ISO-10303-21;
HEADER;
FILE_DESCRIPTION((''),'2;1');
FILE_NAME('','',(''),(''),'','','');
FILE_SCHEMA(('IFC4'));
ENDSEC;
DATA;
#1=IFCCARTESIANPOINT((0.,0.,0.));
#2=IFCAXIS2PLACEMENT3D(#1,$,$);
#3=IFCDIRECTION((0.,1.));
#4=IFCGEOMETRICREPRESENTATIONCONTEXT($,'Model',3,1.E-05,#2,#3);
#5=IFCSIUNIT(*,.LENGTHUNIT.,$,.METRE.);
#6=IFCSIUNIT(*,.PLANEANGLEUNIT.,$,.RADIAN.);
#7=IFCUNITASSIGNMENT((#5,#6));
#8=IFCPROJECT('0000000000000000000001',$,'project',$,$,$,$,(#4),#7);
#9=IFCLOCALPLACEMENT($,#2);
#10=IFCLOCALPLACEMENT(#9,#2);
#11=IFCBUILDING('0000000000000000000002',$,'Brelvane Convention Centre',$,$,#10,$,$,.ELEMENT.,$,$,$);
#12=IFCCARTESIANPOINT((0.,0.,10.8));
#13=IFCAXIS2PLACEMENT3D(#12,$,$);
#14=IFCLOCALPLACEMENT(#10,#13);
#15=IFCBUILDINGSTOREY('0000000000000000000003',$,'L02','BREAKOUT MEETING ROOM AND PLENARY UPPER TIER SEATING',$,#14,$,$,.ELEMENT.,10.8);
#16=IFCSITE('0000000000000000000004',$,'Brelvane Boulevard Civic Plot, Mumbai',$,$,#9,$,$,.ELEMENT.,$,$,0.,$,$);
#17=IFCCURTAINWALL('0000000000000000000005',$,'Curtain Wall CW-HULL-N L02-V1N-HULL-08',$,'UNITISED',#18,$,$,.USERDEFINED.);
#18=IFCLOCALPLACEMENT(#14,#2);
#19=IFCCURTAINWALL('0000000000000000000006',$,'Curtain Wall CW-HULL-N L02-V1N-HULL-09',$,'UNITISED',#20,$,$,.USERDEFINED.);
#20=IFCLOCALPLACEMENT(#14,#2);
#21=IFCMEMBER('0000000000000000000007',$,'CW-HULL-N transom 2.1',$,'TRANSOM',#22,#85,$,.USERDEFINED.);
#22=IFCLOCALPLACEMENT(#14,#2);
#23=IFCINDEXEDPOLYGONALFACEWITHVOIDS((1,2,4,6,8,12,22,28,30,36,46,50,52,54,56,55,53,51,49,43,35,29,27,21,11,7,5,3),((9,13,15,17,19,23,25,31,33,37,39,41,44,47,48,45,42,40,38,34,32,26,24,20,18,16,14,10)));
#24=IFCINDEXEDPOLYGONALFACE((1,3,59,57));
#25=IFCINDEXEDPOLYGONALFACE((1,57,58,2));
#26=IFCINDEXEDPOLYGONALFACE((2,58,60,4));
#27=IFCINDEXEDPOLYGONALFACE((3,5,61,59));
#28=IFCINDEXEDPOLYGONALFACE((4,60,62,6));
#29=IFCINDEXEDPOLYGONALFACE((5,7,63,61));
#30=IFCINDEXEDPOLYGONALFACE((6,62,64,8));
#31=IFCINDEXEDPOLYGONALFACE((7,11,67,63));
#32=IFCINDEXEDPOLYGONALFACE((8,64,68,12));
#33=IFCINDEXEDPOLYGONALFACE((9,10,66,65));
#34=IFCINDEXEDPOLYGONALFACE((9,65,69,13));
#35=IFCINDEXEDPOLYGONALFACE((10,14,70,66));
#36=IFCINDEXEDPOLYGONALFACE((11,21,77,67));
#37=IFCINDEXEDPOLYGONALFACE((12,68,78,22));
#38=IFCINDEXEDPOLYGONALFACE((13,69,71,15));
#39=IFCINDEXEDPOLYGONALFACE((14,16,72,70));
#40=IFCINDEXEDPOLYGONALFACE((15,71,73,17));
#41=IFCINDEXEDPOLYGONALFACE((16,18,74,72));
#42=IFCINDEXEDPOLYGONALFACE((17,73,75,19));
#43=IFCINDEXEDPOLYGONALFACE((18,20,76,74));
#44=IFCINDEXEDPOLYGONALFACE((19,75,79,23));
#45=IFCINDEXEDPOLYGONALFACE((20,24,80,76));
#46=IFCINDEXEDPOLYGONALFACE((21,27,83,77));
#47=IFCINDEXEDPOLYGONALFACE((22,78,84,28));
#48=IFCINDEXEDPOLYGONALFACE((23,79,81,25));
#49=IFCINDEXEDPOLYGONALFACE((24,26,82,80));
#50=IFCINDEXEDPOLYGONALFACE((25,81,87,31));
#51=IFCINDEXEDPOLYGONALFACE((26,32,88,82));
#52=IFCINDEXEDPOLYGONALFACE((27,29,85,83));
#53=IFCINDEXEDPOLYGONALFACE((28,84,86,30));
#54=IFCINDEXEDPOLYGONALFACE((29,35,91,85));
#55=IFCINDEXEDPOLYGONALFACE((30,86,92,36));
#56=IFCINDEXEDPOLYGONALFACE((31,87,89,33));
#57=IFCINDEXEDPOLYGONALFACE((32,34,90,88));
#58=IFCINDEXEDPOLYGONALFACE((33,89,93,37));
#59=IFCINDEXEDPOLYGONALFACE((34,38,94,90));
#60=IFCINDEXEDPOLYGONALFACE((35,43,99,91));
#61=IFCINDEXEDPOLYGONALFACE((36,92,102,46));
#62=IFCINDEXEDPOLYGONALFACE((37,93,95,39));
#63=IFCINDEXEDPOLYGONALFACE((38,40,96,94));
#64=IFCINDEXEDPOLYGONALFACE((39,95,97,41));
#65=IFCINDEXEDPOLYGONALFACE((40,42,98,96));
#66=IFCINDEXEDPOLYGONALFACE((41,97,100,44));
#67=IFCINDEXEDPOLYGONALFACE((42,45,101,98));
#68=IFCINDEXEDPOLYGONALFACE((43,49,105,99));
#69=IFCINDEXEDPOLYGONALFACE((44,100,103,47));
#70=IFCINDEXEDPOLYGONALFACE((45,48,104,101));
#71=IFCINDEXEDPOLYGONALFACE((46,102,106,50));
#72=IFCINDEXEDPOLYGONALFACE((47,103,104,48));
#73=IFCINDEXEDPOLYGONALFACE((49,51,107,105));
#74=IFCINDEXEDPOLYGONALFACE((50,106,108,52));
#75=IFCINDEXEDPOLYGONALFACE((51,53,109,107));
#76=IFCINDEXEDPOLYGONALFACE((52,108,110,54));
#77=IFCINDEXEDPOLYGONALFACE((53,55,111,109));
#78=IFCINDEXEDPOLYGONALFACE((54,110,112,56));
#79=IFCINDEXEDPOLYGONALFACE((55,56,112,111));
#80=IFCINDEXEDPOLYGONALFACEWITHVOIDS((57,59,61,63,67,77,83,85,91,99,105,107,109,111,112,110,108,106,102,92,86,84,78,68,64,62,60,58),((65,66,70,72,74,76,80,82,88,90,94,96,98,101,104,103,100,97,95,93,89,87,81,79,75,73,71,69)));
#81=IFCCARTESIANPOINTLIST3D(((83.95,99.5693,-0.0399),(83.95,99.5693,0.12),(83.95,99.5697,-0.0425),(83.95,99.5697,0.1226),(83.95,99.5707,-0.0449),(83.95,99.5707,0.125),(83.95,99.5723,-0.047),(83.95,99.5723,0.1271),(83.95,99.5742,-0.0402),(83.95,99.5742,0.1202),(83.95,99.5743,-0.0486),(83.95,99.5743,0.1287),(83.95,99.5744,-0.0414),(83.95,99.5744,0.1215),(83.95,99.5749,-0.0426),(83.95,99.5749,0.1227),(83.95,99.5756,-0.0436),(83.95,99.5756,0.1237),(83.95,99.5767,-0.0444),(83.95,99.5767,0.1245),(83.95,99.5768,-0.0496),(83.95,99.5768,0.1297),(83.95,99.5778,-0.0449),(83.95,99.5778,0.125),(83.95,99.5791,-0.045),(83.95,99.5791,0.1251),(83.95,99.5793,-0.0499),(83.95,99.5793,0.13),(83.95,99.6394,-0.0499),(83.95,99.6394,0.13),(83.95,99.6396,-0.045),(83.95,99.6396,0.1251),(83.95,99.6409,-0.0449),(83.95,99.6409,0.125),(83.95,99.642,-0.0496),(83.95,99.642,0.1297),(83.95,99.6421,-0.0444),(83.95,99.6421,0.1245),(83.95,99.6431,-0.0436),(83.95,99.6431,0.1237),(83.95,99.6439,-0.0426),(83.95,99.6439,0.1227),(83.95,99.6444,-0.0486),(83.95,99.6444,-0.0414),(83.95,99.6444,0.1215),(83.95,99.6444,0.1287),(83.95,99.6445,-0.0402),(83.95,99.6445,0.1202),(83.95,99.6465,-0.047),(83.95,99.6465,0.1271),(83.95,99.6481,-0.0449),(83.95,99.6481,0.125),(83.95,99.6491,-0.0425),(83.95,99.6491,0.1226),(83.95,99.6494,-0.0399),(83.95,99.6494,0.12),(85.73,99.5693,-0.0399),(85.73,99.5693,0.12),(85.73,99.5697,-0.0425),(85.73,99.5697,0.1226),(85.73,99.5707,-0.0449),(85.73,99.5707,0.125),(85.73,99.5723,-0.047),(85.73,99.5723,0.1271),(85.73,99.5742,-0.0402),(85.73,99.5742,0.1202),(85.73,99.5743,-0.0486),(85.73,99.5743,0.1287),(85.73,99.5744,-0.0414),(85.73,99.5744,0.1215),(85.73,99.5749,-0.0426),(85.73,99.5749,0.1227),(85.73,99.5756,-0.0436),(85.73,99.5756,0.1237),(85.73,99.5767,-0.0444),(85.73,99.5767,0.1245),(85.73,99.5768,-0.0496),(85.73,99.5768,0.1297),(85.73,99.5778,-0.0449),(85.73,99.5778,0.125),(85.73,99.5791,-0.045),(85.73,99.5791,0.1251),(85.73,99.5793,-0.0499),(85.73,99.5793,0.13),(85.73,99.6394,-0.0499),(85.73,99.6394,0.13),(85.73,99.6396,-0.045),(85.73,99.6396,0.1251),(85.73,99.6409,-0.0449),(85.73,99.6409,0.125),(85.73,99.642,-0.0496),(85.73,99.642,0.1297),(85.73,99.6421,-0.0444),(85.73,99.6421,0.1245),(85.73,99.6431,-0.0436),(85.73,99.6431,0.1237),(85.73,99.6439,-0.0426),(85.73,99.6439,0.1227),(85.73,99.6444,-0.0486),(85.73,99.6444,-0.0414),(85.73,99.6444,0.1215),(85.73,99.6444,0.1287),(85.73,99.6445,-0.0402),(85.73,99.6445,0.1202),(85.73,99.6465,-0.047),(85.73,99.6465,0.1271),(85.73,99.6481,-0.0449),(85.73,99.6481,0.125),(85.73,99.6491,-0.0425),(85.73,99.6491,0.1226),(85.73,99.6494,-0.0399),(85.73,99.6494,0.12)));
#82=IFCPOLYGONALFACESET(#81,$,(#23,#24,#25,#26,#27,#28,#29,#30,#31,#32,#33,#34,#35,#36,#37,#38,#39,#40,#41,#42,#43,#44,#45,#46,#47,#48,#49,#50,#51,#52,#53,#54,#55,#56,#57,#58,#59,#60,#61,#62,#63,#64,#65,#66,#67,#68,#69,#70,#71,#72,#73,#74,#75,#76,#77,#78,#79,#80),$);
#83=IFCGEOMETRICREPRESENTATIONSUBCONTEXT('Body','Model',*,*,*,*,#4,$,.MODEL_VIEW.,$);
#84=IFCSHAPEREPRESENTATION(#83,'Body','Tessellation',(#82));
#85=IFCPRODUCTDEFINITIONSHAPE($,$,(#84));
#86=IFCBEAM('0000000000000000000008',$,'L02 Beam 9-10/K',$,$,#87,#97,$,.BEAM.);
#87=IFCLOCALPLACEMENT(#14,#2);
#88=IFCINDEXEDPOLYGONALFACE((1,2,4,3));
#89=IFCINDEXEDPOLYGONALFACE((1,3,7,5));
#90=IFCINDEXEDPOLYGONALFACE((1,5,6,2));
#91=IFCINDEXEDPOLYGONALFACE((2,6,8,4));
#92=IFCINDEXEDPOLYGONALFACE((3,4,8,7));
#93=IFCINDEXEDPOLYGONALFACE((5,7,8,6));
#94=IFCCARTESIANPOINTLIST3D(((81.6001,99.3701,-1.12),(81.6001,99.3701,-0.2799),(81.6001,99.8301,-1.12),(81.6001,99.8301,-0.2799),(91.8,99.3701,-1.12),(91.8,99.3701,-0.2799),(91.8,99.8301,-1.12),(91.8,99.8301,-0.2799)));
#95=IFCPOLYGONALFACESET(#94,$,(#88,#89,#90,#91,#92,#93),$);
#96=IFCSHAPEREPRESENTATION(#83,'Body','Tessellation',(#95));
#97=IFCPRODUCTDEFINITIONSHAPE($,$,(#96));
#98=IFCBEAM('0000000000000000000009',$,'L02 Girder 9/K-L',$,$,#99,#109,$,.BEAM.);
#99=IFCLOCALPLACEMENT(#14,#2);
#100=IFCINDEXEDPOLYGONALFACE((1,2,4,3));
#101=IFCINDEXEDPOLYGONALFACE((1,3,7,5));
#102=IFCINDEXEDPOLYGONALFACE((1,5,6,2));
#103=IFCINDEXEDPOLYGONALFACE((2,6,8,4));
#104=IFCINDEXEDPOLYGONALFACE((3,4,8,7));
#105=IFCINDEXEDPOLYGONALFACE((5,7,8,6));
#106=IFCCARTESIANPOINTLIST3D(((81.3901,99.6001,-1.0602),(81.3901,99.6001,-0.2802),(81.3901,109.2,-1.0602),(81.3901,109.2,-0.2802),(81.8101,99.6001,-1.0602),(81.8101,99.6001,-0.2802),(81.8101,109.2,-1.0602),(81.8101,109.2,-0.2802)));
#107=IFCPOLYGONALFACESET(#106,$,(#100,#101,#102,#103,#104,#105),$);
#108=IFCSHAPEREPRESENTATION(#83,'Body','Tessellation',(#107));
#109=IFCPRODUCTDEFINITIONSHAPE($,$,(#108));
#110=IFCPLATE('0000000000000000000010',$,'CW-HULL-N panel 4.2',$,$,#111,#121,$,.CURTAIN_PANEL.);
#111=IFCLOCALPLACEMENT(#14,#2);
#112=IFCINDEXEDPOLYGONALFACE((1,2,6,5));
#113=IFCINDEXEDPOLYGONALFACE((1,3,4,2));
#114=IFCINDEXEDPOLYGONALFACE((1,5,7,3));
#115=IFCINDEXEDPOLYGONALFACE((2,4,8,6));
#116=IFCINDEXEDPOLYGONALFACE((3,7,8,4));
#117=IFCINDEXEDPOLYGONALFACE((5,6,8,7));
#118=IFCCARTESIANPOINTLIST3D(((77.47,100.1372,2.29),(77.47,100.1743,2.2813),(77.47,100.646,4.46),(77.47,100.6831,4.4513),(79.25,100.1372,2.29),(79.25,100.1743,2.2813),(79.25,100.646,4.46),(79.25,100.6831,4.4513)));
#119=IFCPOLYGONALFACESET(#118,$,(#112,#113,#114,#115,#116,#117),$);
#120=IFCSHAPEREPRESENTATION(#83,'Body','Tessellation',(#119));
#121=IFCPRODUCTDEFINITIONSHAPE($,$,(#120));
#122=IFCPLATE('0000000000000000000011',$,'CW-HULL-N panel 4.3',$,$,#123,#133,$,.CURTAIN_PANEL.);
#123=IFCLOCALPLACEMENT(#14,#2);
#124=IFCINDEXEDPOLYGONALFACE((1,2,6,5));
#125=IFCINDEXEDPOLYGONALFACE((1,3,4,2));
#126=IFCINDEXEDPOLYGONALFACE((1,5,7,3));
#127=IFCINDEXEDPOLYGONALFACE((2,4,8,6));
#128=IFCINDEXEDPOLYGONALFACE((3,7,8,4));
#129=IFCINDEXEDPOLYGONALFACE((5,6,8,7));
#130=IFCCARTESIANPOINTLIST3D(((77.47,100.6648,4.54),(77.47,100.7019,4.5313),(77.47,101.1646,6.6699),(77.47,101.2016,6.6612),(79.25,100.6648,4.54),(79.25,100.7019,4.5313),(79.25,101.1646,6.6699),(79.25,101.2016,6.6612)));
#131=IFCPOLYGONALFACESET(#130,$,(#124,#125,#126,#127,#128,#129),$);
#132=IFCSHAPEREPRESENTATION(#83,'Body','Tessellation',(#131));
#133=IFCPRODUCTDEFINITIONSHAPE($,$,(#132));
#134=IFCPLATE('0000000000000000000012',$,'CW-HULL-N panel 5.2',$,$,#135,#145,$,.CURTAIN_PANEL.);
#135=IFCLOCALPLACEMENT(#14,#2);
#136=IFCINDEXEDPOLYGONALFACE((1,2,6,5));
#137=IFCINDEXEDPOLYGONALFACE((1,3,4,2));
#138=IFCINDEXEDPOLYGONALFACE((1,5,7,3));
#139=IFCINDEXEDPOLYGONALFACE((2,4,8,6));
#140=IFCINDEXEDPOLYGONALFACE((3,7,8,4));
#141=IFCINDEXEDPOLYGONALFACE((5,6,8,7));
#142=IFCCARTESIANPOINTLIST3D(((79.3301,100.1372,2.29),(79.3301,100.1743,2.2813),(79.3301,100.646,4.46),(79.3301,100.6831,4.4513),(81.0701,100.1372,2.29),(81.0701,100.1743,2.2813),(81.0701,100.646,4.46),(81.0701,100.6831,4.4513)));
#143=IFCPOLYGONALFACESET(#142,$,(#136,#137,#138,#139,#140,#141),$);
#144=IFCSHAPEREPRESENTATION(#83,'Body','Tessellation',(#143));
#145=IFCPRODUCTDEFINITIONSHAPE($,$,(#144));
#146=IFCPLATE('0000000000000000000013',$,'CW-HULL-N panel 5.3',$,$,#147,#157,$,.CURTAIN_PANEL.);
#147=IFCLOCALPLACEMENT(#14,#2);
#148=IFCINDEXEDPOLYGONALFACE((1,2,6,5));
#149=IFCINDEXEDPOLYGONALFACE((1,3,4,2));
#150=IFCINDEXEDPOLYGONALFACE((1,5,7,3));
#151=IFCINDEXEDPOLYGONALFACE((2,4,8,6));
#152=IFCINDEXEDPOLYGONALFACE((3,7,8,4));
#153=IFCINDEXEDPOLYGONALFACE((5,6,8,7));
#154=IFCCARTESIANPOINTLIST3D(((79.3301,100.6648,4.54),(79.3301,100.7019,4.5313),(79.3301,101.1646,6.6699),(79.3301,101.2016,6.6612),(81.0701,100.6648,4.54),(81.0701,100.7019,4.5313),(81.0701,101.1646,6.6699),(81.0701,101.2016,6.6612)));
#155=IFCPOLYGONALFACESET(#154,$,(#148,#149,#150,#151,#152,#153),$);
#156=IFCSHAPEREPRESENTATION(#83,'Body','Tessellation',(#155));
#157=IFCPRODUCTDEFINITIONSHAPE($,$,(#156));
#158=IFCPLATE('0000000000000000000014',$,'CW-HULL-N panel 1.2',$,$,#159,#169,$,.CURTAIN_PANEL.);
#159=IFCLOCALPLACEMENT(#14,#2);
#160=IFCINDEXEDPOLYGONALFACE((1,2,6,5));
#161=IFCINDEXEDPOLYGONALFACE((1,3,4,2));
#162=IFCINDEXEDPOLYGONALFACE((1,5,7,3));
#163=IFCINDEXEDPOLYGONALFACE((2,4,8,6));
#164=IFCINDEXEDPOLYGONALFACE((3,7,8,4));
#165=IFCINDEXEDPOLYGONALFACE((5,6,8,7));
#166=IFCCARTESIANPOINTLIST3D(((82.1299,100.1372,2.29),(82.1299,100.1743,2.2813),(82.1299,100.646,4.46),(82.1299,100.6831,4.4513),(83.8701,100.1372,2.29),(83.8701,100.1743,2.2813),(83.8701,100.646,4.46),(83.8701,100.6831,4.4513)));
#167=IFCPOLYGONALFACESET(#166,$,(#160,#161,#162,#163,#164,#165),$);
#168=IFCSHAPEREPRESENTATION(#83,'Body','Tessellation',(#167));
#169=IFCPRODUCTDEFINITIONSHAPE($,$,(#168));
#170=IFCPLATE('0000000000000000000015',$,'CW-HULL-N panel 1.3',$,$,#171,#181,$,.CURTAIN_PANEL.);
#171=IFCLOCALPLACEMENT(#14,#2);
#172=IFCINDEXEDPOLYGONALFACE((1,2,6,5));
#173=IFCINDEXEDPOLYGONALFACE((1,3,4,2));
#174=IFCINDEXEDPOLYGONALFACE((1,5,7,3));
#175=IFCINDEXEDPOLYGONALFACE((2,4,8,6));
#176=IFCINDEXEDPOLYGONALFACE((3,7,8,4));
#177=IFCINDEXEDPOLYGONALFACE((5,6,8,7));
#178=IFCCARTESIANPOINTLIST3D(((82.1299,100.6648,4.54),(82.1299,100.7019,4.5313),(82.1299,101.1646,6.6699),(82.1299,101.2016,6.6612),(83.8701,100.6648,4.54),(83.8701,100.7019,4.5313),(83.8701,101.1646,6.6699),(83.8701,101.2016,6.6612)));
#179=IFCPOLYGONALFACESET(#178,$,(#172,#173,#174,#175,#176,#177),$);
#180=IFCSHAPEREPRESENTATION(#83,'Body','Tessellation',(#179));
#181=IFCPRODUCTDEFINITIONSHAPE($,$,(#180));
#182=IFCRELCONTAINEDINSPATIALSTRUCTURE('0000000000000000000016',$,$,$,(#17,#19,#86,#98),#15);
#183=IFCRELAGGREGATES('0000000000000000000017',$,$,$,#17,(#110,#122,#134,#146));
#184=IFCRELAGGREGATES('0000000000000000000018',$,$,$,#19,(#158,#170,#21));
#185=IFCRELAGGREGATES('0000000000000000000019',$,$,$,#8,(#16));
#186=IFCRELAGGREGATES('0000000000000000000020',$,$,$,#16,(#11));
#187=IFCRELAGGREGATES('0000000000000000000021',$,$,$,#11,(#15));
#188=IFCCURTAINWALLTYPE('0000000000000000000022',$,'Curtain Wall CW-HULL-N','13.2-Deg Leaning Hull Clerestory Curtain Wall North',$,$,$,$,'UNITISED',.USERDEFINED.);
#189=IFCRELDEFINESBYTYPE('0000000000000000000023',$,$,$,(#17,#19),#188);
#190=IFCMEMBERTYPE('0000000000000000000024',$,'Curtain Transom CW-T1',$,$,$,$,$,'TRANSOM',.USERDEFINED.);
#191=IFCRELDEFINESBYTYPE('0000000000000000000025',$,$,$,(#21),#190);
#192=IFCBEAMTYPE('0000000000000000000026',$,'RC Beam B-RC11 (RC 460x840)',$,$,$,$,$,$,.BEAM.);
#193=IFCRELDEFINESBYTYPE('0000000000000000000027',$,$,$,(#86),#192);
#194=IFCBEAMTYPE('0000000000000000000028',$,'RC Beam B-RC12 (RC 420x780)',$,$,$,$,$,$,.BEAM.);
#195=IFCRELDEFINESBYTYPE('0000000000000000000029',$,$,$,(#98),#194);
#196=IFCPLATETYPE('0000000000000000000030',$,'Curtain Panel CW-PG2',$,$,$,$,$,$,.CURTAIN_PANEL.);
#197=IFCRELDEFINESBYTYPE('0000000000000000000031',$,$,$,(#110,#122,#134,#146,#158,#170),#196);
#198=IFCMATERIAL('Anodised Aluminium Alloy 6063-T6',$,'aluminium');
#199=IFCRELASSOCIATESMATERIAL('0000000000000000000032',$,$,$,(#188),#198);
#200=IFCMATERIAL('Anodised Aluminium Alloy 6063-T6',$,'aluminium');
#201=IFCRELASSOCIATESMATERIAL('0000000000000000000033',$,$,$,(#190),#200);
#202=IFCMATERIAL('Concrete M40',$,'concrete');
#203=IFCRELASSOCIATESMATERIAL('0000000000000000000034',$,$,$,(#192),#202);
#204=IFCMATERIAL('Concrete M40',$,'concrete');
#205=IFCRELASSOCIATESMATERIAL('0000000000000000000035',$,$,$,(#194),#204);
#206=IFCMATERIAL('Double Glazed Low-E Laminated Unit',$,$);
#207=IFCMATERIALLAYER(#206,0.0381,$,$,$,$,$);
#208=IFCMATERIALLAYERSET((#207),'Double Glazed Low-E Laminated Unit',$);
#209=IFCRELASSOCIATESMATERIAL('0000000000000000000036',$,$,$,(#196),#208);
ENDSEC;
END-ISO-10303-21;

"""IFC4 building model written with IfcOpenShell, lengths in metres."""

from ifc_helpers import new_model, si_unit, direction, frame, origin, origin_2d, place, context, subcontext, project, spatial, polyline, rectangle, hollow_rectangle, outline, extrude, material, layer, layer_set, material_profile, profile_set, type_object, element, aggregate, save


model = new_model("IFC4")

# Units and contexts
model_context = context("Model", 3, precision=1e-05, world=origin(), true_north=direction((0.0, 1.0)))
body_context = subcontext(model_context, "Body", "Model", "MODEL_VIEW")
ifc_project = project(units=[si_unit("LENGTHUNIT", "METRE"), si_unit("PLANEANGLEUNIT", "RADIAN")], contexts=[model_context])

# Site, building, storey
site_placement = place(None, origin())
site = spatial("IfcSite", under=ifc_project, at=site_placement, Name="Brelvane Boulevard Civic Plot, Mumbai", CompositionType="ELEMENT", RefElevation=0.0)
building_placement = place(site_placement, origin())
building = spatial("IfcBuilding", under=site, at=building_placement, Name="Brelvane Convention Centre", CompositionType="ELEMENT")
storey_placement = place(building_placement, frame((0.0, 0.0, 10.8)))
storey = spatial("IfcBuildingStorey", under=building, at=storey_placement, Name="L02", Description="BREAKOUT MEETING ROOM AND PLENARY UPPER TIER SEATING", CompositionType="ELEMENT", Elevation=10.8)

# Curtain walls
ifc_material_1 = material(Name="Anodised Aluminium Alloy 6063-T6", Category="aluminium")
curtain_wall_type = type_object("IfcCurtainWallType", Name="Curtain Wall CW-HULL-N", Description="13.2-Deg Leaning Hull Clerestory Curtain Wall North", ElementType="UNITISED", PredefinedType="USERDEFINED", material=ifc_material_1)
curtain_wall_1_placement = place(storey_placement, origin())
curtain_wall_1 = element("IfcCurtainWall", 1, at=curtain_wall_1_placement, inside=storey, type_object=curtain_wall_type, Name="Curtain Wall CW-HULL-N L02-V1N-HULL-08", ObjectType="UNITISED", PredefinedType="USERDEFINED")
curtain_wall_2_placement = place(storey_placement, origin())
curtain_wall_2 = element("IfcCurtainWall", 2, at=curtain_wall_2_placement, inside=storey, type_object=curtain_wall_type, Name="Curtain Wall CW-HULL-N L02-V1N-HULL-09", ObjectType="UNITISED", PredefinedType="USERDEFINED")

# Member
ifc_material_2 = material(Name="Anodised Aluminium Alloy 6063-T6", Category="aluminium")
ifc_material_profile_1 = material_profile(ifc_material_2, hollow_rectangle(XDim=0.0801, YDim=0.1799, WallThickness=0.0049, InnerFilletRadius=0.0049, OuterFilletRadius=0.01, at=origin_2d()), Name="ALU-T 180x80x5.0")
ifc_profile_set_1 = profile_set([ifc_material_profile_1], Name="Anodised Aluminium Alloy 6063-T6")
member_type_1 = type_object("IfcMemberType", Name="Curtain Transom CW-T1", ElementType="TRANSOM", PredefinedType="USERDEFINED", material=ifc_profile_set_1)
member_1_placement = place(storey_placement, frame((83.95, 99.6094, 0.04), z_axis=(1.0, 0.0, 0.0), x_axis=(0.0, 1.0, 0.0)))
member_1 = element("IfcMember", 3, at=member_1_placement, type_object=member_type_1, Name="CW-HULL-N transom 2.1", ObjectType="TRANSOM", PredefinedType="USERDEFINED", context=body_context, shape_type="SweptSolid", body=[
    extrude(hollow_rectangle(XDim=0.0801, YDim=0.1799, WallThickness=0.0049, InnerFilletRadius=0.0049, OuterFilletRadius=0.01, at=origin_2d()), origin(), (0.0, 0.0, 1.0), 1.78),
])

# Beams
ifc_material_3 = material(Name="Concrete M40", Category="concrete")
ifc_material_profile_2 = material_profile(ifc_material_3, rectangle(XDim=0.46, YDim=0.8401, at=origin_2d()), Name="RC 460x840")
ifc_profile_set_2 = profile_set([ifc_material_profile_2], Name="Concrete M40")
beam_type_1 = type_object("IfcBeamType", Name="RC Beam B-RC11 (RC 460x840)", PredefinedType="BEAM", material=ifc_profile_set_2)
beam_1_placement = place(storey_placement, frame((81.6001, 99.6001, -0.7), z_axis=(1.0, 0.0, 0.0), x_axis=(0.0, 1.0, 0.0)))
element("IfcBeam", 4, at=beam_1_placement, inside=storey, type_object=beam_type_1, Name="L02 Beam 9-10/K", PredefinedType="BEAM", context=body_context, shape_type="SweptSolid", body=[
    extrude(rectangle(XDim=0.46, YDim=0.8401, at=origin_2d()), origin(), (0.0, 0.0, 1.0), 10.2),
])
ifc_material_4 = material(Name="Concrete M40", Category="concrete")
ifc_material_profile_3 = material_profile(ifc_material_4, rectangle(XDim=0.4199, YDim=0.78, at=origin_2d()), Name="RC 420x780")
ifc_profile_set_3 = profile_set([ifc_material_profile_3], Name="Concrete M40")
beam_type_2 = type_object("IfcBeamType", Name="RC Beam B-RC12 (RC 420x780)", PredefinedType="BEAM", material=ifc_profile_set_3)
beam_2_placement = place(storey_placement, frame((81.6001, 99.6001, -0.6702), z_axis=(0.0, 1.0, 0.0), x_axis=(-1.0, 0.0, 0.0)))
element("IfcBeam", 5, at=beam_2_placement, inside=storey, type_object=beam_type_2, Name="L02 Girder 9/K-L", PredefinedType="BEAM", context=body_context, shape_type="SweptSolid", body=[
    extrude(rectangle(XDim=0.4199, YDim=0.78, at=origin_2d()), origin(), (0.0, 0.0, 1.0), 9.5999),
])

# Plates
ifc_material_5 = material(Name="Double Glazed Low-E Laminated Unit")
ifc_layer_1 = layer(ifc_material_5, 0.0381)
ifc_layer_set_1 = layer_set([ifc_layer_1], Name="Double Glazed Low-E Laminated Unit")
plate_type_1 = type_object("IfcPlateType", Name="Curtain Panel CW-PG2", PredefinedType="CURTAIN_PANEL", material=ifc_layer_set_1)
plate_1_placement = place(storey_placement, frame((77.47, 100.1372, 2.29), z_axis=(0.0, -0.973595, 0.228282), x_axis=(1.0, 0.0, 0.0)))
plate_1 = element("IfcPlate", 6, at=plate_1_placement, type_object=plate_type_1, Name="CW-HULL-N panel 4.2", PredefinedType="CURTAIN_PANEL", context=body_context, shape_type="SweptSolid", body=[
    extrude(outline(polyline([(0.0, 0.0), (1.78, 0.0), (1.78, 2.2288), (0.0, 2.2288), (0.0, 0.0)])), origin(), (0.0, 0.0, -1.0), 0.0381),
])
plate_2_placement = place(storey_placement, frame((77.47, 100.6648, 4.54), z_axis=(0.0, -0.973559, 0.228436), x_axis=(1.0, 0.0, 0.0)))
plate_2 = element("IfcPlate", 7, at=plate_2_placement, type_object=plate_type_1, Name="CW-HULL-N panel 4.3", PredefinedType="CURTAIN_PANEL", context=body_context, shape_type="SweptSolid", body=[
    extrude(outline(polyline([(0.0, 0.0), (1.78, 0.0), (1.78, 2.1877), (0.0, 2.1877), (0.0, 0.0)])), origin(), (0.0, 0.0, -1.0), 0.0381),
])
plate_3_placement = place(storey_placement, frame((79.3301, 100.1372, 2.29), z_axis=(0.0, -0.973595, 0.228282), x_axis=(1.0, 0.0, 0.0)))
plate_3 = element("IfcPlate", 8, at=plate_3_placement, type_object=plate_type_1, Name="CW-HULL-N panel 5.2", PredefinedType="CURTAIN_PANEL", context=body_context, shape_type="SweptSolid", body=[
    extrude(outline(polyline([(0.0, 0.0), (1.74, 0.0), (1.74, 2.2288), (0.0, 2.2288), (0.0, 0.0)])), origin(), (0.0, 0.0, -1.0), 0.0381),
])
plate_4_placement = place(storey_placement, frame((79.3301, 100.6648, 4.54), z_axis=(0.0, -0.973559, 0.228436), x_axis=(1.0, 0.0, 0.0)))
plate_4 = element("IfcPlate", 9, at=plate_4_placement, type_object=plate_type_1, Name="CW-HULL-N panel 5.3", PredefinedType="CURTAIN_PANEL", context=body_context, shape_type="SweptSolid", body=[
    extrude(outline(polyline([(0.0, 0.0), (1.74, 0.0), (1.74, 2.1877), (0.0, 2.1877), (0.0, 0.0)])), origin(), (0.0, 0.0, -1.0), 0.0381),
])
plate_5_placement = place(storey_placement, frame((82.1299, 100.1372, 2.29), z_axis=(0.0, -0.973595, 0.228282), x_axis=(1.0, 0.0, 0.0)))
plate_5 = element("IfcPlate", 10, at=plate_5_placement, type_object=plate_type_1, Name="CW-HULL-N panel 1.2", PredefinedType="CURTAIN_PANEL", context=body_context, shape_type="SweptSolid", body=[
    extrude(outline(polyline([(0.0, 0.0), (1.7402, 0.0), (1.7402, 2.2288), (0.0, 2.2288), (0.0, 0.0)])), origin(), (0.0, 0.0, -1.0), 0.0381),
])
plate_6_placement = place(storey_placement, frame((82.1299, 100.6648, 4.54), z_axis=(0.0, -0.973559, 0.228436), x_axis=(1.0, 0.0, 0.0)))
plate_6 = element("IfcPlate", 11, at=plate_6_placement, type_object=plate_type_1, Name="CW-HULL-N panel 1.3", PredefinedType="CURTAIN_PANEL", context=body_context, shape_type="SweptSolid", body=[
    extrude(outline(polyline([(0.0, 0.0), (1.7402, 0.0), (1.7402, 2.1877), (0.0, 2.1877), (0.0, 0.0)])), origin(), (0.0, 0.0, -1.0), 0.0381),
])
aggregate(curtain_wall_1, [plate_1, plate_2, plate_3, plate_4])
aggregate(curtain_wall_2, [plate_5, plate_6, member_1])

save(model, "model.ifc")
